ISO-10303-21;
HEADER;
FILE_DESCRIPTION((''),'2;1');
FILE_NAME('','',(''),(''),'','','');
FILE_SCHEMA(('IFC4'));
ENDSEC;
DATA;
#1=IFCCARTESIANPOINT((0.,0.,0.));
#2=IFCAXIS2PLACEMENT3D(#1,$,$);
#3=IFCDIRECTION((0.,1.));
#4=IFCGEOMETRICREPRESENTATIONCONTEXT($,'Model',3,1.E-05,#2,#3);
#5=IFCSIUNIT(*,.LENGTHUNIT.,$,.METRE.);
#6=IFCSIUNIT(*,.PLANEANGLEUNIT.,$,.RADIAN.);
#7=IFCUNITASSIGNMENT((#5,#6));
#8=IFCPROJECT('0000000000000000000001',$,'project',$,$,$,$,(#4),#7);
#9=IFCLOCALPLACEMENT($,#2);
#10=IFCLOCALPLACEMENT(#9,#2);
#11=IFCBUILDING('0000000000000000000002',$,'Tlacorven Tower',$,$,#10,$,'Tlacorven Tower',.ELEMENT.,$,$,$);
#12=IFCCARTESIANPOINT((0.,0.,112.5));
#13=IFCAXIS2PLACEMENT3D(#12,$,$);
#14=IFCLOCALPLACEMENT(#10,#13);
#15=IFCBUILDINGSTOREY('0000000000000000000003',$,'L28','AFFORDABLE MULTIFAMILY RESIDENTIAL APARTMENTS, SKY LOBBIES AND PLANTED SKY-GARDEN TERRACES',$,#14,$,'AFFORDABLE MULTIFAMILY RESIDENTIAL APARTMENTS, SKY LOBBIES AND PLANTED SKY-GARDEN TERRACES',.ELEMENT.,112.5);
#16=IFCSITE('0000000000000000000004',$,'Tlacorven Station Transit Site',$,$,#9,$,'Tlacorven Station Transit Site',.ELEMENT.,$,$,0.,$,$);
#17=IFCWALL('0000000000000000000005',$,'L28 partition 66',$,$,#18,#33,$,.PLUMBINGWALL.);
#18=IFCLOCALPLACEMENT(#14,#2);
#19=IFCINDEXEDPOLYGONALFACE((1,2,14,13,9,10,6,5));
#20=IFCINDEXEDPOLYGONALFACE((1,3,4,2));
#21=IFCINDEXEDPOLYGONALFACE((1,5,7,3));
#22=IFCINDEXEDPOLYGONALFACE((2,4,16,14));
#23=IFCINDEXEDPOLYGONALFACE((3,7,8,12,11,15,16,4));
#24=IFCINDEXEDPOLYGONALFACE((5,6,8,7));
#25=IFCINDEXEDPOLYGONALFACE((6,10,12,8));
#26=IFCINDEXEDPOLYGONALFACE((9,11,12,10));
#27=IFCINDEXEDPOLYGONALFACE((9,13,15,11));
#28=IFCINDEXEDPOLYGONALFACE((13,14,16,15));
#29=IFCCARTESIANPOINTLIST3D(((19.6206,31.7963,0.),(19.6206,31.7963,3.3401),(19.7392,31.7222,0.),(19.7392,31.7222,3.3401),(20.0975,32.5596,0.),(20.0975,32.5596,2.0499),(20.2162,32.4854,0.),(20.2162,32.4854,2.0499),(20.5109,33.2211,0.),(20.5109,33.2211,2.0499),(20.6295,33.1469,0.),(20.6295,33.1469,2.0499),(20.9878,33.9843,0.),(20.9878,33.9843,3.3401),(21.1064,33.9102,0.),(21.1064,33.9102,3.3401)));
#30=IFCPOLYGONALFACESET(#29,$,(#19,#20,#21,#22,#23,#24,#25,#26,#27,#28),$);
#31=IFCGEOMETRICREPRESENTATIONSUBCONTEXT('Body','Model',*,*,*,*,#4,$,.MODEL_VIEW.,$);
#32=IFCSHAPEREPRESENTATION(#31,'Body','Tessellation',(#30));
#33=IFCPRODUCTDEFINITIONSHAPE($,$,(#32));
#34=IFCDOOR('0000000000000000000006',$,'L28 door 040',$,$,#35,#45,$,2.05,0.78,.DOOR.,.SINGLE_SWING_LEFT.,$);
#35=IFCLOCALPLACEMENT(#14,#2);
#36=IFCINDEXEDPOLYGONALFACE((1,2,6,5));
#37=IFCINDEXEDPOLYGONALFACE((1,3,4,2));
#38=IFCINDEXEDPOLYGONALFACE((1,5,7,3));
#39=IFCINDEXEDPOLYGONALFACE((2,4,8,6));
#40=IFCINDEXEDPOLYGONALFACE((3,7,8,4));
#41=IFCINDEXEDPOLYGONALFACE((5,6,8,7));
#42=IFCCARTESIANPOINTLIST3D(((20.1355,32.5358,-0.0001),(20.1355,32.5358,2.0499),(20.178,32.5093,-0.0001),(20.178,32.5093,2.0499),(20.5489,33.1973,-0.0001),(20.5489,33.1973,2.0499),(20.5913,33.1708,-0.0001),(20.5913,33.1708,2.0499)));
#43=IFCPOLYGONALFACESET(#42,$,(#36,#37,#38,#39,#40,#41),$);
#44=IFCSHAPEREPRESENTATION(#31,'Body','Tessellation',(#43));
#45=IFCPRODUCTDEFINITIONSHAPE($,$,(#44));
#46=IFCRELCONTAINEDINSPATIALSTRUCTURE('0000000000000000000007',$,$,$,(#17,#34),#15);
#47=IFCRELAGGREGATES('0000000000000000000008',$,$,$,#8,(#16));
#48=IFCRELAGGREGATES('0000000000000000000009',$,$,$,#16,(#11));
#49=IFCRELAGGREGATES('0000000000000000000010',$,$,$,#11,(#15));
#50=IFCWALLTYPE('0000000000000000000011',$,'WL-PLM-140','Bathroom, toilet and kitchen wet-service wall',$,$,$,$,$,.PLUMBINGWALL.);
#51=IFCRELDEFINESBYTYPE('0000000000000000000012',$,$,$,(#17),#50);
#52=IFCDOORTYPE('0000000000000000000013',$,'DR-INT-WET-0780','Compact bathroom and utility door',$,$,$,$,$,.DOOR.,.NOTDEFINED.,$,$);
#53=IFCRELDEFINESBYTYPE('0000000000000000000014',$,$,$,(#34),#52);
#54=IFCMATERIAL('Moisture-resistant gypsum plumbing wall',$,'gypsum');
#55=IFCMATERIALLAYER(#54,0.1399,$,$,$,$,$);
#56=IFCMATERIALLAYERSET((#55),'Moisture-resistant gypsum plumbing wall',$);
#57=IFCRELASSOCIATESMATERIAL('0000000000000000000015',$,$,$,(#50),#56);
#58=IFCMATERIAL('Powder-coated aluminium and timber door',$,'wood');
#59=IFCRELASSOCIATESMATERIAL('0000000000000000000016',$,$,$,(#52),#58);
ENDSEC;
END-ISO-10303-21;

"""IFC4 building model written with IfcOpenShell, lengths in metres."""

from ifc_helpers import new_model, si_unit, direction, frame, frame_2d, origin, place, context, subcontext, project, spatial, rectangle, extrude, source, transform, mapped, material, layer, layer_set, type_object, element, fill, save


model = new_model("IFC4")

# Units and contexts
model_context = context("Model", 3, precision=1e-05, world=origin(), true_north=direction((0.0, 1.0)))
body_context = subcontext(model_context, "Body", "Model", "MODEL_VIEW")
ifc_project = project(units=[si_unit("LENGTHUNIT", "METRE"), si_unit("PLANEANGLEUNIT", "RADIAN")], contexts=[model_context])

# Site, building, storey
site_placement = place(None, origin())
site = spatial("IfcSite", under=ifc_project, at=site_placement, Name="Tlacorven Station Transit Site", LongName="Tlacorven Station Transit Site", CompositionType="ELEMENT", RefElevation=0.0)
building_placement = place(site_placement, origin())
building = spatial("IfcBuilding", under=site, at=building_placement, Name="Tlacorven Tower", LongName="Tlacorven Tower", CompositionType="ELEMENT")
storey_placement = place(building_placement, frame((0.0, 0.0, 112.5)))
storey = spatial("IfcBuildingStorey", under=building, at=storey_placement, Name="L28", Description="AFFORDABLE MULTIFAMILY RESIDENTIAL APARTMENTS, SKY LOBBIES AND PLANTED SKY-GARDEN TERRACES", LongName="AFFORDABLE MULTIFAMILY RESIDENTIAL APARTMENTS, SKY LOBBIES AND PLANTED SKY-GARDEN TERRACES", CompositionType="ELEMENT", Elevation=112.5)

# Wall, opening, door
ifc_material_1 = material(Name="Moisture-resistant gypsum plumbing wall", Category="gypsum")
ifc_layer_1 = layer(ifc_material_1, 0.1399)
ifc_layer_set_1 = layer_set([ifc_layer_1], Name="Moisture-resistant gypsum plumbing wall")
wall_type_1 = type_object("IfcWallType", Name="WL-PLM-140", Description="Bathroom, toilet and kitchen wet-service wall", PredefinedType="PLUMBINGWALL", material=ifc_layer_set_1)
ifc_material_2 = material(Name="Powder-coated aluminium and timber door", Category="wood")
door_type_1 = type_object("IfcDoorType", Name="DR-INT-WET-0780", Description="Compact bathroom and utility door", OperationType="NOTDEFINED", PredefinedType="DOOR", material=ifc_material_2)
shared_shape_1 = source(origin(), body_context, "Body", "SweptSolid", [
    extrude(rectangle(XDim=0.78, YDim=2.05, at=frame_2d((0.3901, 1.0249))), frame((0.0, 0.0249, 0.0), z_axis=(0.0, -1.0, 0.0), x_axis=(1.0, 0.0, 0.0)), (0.0, 0.0, 1.0), 0.05),
])
wall_1_placement = place(storey_placement, frame((21.0471, 33.9473, 0.0), z_axis=(0.0, 0.0, 1.0), x_axis=(-0.529914, -0.848051, 0.0)))
wall_1 = element("IfcWall", 1, at=wall_1_placement, inside=storey, type_object=wall_type_1, Name="L28 partition 66", PredefinedType="PLUMBINGWALL", context=body_context, shape_type="SweptSolid", body=[
    extrude(rectangle(XDim=2.5801, YDim=0.1399, at=frame_2d((1.29, 0.0))), origin(), (0.0, 0.0, 1.0), 3.3401),
])
opening_1_placement = place(wall_1_placement, frame((0.8999, 0.0, 0.0)))
opening_1 = element("IfcOpeningElement", 2, at=opening_1_placement, cuts=wall_1, PredefinedType="OPENING", context=body_context, shape_type="SweptSolid", body=[
    extrude(rectangle(XDim=0.78, YDim=2.05, at=frame_2d((0.3901, 1.0249))), frame((0.0, 0.0801, 0.0), z_axis=(0.0, -1.0, 0.0), x_axis=(1.0, 0.0, 0.0)), (0.0, 0.0, 1.0), 0.1599),
])
door_1_placement = place(opening_1_placement, origin())
door_1 = element("IfcDoor", 3, at=door_1_placement, inside=storey, type_object=door_type_1, Name="L28 door 040", OperationType="SINGLE_SWING_LEFT", OverallHeight=2.05, OverallWidth=0.78, PredefinedType="DOOR", context=body_context, shape_type="MappedRepresentation", body=[
    mapped(shared_shape_1, transform((0.0, 0.0, 0.0), scale=1.0)),
])
fill(opening_1, door_1)

save(model, "model.ifc")
